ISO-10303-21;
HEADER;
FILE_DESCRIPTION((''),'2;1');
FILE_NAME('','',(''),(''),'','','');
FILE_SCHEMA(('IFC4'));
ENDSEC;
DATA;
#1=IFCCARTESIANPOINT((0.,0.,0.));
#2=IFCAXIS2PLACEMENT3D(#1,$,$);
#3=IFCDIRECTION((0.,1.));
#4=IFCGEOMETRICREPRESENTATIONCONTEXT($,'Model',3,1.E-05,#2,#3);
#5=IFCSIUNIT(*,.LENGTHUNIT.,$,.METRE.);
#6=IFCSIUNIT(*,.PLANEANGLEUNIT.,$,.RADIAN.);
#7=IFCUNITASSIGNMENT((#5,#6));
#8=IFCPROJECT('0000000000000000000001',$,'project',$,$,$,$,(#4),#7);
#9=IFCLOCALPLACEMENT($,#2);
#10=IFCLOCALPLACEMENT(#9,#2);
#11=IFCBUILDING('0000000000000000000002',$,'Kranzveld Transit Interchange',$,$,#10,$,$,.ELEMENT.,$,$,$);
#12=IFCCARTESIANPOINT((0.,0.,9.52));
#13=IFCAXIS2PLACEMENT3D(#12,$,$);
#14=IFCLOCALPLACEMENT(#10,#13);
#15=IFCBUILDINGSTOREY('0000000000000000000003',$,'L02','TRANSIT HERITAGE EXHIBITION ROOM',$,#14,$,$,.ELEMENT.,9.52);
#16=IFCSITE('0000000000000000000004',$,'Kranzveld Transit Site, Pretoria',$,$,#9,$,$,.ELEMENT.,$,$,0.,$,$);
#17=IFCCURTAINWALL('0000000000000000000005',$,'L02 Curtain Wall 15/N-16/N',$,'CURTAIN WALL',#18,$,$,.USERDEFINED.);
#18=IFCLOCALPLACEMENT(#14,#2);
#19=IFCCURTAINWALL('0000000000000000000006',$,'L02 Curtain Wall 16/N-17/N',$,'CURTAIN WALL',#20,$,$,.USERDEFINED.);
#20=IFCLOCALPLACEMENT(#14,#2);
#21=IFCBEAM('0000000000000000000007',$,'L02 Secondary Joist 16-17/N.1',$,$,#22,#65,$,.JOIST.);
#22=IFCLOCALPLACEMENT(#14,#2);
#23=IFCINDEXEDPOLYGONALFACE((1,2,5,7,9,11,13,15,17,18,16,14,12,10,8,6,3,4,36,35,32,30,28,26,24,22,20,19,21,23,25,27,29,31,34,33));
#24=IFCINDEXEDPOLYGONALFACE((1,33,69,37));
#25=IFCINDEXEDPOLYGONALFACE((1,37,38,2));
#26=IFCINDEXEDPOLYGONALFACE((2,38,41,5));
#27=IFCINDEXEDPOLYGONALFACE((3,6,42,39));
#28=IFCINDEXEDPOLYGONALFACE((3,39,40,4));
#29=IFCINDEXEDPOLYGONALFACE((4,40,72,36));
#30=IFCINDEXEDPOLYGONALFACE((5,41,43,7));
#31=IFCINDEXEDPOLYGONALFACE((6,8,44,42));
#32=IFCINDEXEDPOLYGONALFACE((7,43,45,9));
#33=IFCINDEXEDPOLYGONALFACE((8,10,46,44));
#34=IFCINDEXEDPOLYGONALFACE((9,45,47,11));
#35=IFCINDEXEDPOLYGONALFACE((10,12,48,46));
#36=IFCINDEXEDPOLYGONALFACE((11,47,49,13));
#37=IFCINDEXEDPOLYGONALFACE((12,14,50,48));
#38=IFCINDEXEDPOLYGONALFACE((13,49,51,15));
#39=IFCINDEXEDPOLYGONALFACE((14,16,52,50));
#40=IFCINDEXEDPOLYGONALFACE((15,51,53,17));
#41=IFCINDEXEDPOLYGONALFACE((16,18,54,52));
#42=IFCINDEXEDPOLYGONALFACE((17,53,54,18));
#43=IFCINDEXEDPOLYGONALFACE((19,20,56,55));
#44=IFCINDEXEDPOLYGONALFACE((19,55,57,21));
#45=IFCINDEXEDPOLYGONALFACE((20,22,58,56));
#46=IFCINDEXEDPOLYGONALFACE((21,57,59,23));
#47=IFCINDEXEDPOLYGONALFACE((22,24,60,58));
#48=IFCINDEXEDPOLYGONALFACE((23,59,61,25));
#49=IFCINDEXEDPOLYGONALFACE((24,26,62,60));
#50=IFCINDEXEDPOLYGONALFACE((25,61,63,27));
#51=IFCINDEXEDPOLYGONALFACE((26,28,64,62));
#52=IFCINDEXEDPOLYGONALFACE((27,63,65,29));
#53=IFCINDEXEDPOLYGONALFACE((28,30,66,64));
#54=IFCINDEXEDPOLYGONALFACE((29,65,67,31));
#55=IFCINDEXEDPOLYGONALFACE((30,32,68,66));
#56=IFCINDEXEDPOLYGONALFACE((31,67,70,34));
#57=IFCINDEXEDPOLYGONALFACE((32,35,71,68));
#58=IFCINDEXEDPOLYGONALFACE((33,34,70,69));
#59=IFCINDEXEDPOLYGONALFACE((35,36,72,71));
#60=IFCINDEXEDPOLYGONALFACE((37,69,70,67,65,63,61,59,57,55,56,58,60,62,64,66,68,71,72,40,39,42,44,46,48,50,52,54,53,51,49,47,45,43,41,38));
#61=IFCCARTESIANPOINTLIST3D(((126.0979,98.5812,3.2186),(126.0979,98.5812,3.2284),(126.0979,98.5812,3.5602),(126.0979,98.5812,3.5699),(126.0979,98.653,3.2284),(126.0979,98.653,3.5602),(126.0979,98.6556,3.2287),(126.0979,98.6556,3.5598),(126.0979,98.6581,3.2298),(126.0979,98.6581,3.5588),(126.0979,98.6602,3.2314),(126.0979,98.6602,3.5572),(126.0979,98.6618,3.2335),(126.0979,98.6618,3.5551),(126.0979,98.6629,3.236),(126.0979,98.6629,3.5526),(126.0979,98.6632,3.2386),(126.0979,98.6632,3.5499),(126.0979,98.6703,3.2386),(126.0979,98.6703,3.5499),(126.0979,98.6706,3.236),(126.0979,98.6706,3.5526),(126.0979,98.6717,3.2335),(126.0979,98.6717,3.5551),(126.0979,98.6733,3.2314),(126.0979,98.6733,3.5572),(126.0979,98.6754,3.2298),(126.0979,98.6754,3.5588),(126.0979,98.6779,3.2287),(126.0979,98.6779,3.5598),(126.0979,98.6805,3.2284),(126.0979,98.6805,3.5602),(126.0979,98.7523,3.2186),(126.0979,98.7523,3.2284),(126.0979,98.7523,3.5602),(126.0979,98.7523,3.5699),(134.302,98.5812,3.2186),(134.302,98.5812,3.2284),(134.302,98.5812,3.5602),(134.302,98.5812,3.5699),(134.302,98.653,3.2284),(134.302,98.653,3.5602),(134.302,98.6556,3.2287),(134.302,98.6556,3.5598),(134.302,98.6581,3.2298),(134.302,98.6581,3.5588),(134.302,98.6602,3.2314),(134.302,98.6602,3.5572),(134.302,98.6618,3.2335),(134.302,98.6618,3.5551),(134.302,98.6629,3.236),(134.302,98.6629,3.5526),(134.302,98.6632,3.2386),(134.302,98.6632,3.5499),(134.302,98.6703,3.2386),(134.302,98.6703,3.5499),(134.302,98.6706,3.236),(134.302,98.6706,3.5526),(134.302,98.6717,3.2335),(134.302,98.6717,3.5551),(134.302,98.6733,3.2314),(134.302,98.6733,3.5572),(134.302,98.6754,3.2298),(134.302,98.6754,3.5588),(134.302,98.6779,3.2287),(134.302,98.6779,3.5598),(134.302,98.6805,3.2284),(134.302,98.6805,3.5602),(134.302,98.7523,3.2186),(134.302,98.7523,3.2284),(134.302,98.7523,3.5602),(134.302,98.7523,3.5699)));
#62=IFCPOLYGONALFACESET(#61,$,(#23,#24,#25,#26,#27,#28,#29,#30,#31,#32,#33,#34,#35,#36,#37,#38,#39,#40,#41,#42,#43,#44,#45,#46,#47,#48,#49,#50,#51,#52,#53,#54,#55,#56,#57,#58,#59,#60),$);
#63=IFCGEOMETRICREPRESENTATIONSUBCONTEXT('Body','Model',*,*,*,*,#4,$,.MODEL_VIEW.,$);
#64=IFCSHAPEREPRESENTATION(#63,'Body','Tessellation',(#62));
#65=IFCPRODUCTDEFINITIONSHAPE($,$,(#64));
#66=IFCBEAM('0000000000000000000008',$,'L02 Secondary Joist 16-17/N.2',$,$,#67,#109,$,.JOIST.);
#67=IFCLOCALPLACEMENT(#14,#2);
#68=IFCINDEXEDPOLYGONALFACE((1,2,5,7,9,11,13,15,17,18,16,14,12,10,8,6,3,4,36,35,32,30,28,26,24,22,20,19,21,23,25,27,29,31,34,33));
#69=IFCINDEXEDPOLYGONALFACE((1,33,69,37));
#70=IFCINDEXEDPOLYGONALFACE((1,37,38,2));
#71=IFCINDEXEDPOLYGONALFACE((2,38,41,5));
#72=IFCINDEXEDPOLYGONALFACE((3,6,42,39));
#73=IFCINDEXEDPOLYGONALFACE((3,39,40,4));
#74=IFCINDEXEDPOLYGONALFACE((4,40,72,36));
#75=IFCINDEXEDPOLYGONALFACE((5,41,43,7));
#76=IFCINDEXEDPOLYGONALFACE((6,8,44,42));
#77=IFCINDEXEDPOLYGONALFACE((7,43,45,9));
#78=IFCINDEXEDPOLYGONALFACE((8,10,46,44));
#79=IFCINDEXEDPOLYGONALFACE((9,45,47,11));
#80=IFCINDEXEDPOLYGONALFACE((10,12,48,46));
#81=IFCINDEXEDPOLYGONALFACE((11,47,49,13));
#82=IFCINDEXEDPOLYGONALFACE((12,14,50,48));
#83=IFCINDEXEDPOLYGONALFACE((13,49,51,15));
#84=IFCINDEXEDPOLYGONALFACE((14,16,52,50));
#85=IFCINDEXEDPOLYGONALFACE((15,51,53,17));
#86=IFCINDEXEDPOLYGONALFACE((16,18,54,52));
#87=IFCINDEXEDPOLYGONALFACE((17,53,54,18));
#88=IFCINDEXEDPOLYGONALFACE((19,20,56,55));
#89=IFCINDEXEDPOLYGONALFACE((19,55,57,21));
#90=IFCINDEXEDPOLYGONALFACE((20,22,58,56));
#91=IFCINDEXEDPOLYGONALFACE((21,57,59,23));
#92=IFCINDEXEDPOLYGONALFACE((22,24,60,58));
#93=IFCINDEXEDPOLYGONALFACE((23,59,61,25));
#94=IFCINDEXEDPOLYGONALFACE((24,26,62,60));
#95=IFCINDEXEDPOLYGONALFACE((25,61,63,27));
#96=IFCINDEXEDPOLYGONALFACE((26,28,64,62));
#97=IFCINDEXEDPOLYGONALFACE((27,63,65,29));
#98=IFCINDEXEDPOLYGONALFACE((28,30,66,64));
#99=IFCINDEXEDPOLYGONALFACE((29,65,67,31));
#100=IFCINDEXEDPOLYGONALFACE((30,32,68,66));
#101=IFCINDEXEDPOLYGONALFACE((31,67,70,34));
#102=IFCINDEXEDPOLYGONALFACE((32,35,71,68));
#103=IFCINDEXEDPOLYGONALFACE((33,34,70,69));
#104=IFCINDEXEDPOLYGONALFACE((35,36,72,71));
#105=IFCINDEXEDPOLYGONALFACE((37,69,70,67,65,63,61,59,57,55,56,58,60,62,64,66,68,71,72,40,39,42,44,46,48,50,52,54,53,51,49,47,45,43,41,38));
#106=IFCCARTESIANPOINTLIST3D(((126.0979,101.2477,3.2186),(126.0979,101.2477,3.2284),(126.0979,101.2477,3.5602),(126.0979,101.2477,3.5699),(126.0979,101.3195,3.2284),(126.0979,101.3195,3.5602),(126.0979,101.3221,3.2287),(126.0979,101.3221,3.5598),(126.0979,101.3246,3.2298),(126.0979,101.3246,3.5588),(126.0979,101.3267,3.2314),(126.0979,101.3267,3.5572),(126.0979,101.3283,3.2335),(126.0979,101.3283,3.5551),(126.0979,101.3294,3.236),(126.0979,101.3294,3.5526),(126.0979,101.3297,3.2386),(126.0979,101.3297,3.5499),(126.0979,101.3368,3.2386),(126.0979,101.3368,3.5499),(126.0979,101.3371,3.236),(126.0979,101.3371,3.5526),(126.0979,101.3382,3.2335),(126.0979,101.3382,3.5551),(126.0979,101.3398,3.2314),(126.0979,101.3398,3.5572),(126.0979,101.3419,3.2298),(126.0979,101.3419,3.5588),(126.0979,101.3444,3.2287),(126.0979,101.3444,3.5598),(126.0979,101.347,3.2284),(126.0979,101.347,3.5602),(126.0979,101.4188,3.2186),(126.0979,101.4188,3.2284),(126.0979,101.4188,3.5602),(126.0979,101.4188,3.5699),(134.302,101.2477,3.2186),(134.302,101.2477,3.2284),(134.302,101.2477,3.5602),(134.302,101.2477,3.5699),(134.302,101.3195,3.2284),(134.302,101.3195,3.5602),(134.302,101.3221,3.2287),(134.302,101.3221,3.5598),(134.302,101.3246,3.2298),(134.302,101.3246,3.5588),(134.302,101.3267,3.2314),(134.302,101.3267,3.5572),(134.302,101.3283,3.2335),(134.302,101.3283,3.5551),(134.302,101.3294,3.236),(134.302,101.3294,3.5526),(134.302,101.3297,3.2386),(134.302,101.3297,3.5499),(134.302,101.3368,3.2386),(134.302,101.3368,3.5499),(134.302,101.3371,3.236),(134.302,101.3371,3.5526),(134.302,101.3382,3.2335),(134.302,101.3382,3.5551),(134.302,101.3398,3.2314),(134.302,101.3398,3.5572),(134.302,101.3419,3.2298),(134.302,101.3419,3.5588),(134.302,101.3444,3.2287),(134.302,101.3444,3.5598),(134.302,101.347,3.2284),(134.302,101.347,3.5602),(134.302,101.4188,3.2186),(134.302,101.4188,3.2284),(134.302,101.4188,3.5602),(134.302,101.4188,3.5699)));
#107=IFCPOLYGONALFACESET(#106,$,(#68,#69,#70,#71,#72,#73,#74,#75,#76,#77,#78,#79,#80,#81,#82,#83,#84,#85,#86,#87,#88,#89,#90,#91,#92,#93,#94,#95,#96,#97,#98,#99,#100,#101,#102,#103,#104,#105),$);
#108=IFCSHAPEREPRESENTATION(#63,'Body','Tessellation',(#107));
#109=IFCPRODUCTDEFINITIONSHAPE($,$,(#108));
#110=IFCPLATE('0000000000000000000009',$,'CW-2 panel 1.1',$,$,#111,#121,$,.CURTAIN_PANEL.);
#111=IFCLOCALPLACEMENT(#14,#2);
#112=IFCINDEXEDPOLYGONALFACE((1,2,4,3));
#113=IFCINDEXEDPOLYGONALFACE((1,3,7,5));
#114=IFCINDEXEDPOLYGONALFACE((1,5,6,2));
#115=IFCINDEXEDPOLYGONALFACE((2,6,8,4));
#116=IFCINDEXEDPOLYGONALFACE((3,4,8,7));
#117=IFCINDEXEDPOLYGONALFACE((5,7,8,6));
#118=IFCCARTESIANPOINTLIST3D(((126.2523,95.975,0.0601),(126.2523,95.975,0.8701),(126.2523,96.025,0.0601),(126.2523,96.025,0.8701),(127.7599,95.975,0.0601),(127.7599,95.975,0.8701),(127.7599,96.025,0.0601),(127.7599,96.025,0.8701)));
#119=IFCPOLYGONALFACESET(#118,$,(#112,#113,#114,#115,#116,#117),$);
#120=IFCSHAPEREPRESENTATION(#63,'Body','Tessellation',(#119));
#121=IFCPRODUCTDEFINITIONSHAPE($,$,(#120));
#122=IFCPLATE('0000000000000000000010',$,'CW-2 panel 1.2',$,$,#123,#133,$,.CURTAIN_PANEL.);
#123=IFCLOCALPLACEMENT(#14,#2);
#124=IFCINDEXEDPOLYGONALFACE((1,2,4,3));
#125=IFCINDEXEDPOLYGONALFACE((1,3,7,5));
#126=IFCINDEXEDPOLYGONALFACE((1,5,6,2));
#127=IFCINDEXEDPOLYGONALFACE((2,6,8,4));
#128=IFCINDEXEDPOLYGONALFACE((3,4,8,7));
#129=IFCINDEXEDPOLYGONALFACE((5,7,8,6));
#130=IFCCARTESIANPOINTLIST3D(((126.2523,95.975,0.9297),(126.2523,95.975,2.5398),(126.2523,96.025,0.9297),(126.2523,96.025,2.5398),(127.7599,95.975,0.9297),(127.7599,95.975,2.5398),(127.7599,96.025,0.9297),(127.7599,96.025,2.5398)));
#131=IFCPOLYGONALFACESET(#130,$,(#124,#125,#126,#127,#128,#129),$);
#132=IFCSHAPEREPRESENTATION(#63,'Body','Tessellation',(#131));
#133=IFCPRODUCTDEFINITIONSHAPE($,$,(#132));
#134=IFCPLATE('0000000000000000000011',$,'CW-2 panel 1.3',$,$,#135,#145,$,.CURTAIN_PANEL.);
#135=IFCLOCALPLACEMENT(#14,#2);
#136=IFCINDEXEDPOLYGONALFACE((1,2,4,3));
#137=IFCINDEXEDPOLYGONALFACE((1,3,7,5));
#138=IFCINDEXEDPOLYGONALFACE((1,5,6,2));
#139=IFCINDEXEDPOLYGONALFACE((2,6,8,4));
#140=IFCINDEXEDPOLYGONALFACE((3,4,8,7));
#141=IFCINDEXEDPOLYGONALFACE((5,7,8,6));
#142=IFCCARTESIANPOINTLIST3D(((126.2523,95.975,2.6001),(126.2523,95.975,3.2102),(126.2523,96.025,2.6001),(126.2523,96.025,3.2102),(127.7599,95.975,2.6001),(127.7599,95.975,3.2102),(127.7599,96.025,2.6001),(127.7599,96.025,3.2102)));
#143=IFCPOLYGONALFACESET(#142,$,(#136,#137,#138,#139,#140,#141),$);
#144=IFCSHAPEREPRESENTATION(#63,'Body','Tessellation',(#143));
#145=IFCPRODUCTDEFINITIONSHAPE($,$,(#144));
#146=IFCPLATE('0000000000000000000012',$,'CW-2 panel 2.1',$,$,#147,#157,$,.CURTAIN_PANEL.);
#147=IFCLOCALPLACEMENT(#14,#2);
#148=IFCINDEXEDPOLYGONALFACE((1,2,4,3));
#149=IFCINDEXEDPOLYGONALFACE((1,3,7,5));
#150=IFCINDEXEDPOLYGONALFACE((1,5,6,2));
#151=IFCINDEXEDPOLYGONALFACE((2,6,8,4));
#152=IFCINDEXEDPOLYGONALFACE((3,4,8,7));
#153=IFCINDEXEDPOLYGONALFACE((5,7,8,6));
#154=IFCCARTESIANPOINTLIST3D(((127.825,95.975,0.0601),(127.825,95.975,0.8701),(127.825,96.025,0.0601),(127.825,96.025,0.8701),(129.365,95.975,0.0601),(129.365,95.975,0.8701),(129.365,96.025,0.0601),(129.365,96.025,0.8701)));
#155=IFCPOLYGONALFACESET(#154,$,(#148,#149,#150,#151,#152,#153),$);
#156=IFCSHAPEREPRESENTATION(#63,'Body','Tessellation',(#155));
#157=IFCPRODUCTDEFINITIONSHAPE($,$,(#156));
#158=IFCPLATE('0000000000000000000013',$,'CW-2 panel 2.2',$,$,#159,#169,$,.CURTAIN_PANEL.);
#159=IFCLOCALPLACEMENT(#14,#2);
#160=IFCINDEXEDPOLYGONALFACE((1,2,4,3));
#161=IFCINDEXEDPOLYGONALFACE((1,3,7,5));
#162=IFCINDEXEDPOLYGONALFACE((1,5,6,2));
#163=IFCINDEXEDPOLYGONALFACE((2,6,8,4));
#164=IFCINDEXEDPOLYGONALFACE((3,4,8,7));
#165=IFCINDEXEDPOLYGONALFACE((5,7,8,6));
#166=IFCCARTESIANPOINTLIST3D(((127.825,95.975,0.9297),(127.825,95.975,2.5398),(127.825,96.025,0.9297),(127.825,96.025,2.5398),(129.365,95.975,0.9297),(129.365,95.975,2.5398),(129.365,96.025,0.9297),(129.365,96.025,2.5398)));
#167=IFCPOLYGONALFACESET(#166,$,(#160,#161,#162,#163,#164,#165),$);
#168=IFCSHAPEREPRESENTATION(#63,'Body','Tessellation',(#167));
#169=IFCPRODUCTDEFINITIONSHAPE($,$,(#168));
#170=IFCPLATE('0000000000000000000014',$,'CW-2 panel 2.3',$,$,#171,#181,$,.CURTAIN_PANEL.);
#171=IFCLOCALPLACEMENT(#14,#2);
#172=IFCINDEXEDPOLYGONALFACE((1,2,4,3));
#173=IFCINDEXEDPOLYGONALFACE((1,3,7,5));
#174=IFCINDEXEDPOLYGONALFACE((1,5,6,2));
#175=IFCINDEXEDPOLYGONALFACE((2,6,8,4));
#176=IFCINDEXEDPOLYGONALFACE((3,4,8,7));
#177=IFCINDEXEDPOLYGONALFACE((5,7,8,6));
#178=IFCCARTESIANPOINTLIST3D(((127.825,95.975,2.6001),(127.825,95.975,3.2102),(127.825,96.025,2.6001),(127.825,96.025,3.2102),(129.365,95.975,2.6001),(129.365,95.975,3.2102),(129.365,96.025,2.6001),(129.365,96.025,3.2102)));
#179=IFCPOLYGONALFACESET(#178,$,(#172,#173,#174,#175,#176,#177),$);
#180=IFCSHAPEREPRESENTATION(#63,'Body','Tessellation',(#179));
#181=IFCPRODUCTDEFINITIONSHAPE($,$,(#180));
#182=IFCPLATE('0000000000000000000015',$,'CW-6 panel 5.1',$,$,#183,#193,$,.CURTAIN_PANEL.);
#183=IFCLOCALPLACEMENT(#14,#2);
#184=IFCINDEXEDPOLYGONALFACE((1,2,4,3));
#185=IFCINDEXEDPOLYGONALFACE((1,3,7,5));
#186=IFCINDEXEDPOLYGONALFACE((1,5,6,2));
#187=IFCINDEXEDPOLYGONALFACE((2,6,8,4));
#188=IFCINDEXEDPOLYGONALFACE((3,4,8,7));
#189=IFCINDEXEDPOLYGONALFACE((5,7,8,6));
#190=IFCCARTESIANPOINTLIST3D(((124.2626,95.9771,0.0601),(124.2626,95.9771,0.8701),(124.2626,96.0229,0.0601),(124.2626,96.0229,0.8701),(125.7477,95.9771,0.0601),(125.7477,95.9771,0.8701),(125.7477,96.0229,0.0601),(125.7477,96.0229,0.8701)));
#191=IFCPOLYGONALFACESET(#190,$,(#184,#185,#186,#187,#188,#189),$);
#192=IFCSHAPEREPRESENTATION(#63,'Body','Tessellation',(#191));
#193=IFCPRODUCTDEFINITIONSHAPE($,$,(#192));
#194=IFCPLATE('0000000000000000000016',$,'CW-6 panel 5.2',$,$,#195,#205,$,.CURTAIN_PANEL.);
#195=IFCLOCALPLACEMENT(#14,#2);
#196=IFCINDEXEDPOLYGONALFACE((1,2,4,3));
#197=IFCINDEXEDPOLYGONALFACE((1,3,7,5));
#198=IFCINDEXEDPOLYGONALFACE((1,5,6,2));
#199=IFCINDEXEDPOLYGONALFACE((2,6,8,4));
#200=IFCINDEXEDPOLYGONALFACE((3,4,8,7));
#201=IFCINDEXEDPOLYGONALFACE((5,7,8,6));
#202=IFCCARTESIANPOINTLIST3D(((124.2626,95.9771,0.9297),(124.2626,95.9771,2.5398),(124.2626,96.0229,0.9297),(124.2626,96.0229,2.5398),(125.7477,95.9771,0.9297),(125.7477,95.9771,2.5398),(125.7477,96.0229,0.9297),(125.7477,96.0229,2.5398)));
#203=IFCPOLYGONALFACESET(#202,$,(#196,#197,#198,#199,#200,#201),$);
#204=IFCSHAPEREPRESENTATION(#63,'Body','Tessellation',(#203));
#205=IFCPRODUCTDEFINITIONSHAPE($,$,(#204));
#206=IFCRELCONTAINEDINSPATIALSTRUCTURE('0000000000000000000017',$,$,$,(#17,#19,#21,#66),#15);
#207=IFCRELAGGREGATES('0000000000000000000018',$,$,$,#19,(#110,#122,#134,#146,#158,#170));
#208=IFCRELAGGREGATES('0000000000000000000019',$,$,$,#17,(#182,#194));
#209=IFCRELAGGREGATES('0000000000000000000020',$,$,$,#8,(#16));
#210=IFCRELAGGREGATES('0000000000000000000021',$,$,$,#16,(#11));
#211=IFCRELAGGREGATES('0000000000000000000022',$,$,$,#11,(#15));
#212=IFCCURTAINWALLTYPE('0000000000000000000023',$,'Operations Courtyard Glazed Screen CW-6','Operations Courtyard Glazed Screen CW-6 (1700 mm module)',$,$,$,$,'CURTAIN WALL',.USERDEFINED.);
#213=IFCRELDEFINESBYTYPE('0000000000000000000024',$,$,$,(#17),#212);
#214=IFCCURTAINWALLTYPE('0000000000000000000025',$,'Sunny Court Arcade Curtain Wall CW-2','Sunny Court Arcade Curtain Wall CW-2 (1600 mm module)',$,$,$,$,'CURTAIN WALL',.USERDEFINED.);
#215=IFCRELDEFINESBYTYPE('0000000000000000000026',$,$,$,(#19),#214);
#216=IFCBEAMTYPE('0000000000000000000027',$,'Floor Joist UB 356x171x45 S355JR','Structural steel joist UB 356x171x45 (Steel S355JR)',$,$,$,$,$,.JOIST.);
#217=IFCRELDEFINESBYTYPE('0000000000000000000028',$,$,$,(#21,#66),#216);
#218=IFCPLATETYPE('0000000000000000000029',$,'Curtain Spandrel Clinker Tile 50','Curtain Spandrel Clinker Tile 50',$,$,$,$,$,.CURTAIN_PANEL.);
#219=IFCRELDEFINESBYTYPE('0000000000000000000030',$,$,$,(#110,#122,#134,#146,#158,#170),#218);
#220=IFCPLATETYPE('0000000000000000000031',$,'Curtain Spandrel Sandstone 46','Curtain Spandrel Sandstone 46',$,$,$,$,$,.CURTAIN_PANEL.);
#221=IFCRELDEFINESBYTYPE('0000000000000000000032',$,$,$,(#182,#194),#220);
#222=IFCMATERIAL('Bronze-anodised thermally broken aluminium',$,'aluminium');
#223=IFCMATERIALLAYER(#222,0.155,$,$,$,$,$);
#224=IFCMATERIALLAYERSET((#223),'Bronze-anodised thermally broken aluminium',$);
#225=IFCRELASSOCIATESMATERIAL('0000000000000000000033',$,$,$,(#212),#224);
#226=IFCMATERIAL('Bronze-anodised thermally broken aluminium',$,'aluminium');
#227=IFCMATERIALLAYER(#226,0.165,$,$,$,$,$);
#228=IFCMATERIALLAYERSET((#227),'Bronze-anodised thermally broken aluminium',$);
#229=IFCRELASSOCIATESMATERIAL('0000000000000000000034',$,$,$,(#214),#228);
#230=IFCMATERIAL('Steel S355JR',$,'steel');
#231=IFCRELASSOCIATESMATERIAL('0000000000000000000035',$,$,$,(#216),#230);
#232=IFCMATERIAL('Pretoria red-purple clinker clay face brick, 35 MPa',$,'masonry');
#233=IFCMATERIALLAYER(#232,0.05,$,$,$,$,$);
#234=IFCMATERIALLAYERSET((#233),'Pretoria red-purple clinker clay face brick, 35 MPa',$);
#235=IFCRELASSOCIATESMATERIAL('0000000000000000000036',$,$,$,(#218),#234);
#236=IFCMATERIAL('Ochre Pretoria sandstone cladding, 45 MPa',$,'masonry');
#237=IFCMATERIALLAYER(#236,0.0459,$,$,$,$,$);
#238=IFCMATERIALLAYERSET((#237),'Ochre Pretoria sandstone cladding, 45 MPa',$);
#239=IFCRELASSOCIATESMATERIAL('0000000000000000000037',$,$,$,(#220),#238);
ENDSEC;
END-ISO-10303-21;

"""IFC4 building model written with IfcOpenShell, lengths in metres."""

from ifc_helpers import new_model, si_unit, direction, frame, origin, origin_2d, place, context, subcontext, project, spatial, rectangle, i_section, extrude, material, layer, layer_set, material_profile, profile_set, type_object, element, aggregate, save


model = new_model("IFC4")

# Units and contexts
model_context = context("Model", 3, precision=1e-05, world=origin(), true_north=direction((0.0, 1.0)))
body_context = subcontext(model_context, "Body", "Model", "MODEL_VIEW")
ifc_project = project(units=[si_unit("LENGTHUNIT", "METRE"), si_unit("PLANEANGLEUNIT", "RADIAN")], contexts=[model_context])

# Site, building, storey
site_placement = place(None, origin())
site = spatial("IfcSite", under=ifc_project, at=site_placement, Name="Kranzveld Transit Site, Pretoria", CompositionType="ELEMENT", RefElevation=0.0)
building_placement = place(site_placement, origin())
building = spatial("IfcBuilding", under=site, at=building_placement, Name="Kranzveld Transit Interchange", CompositionType="ELEMENT")
storey_placement = place(building_placement, frame((0.0, 0.0, 9.52)))
storey = spatial("IfcBuildingStorey", under=building, at=storey_placement, Name="L02", Description="TRANSIT HERITAGE EXHIBITION ROOM", CompositionType="ELEMENT", Elevation=9.52)

# Curtain wall
ifc_material_1 = material(Name="Bronze-anodised thermally broken aluminium", Category="aluminium")
ifc_layer_1 = layer(ifc_material_1, 0.155)
ifc_layer_set_1 = layer_set([ifc_layer_1], Name="Bronze-anodised thermally broken aluminium")
curtain_wall_type_1 = type_object("IfcCurtainWallType", Name="Operations Courtyard Glazed Screen CW-6", Description="Operations Courtyard Glazed Screen CW-6 (1700 mm module)", ElementType="CURTAIN WALL", PredefinedType="USERDEFINED", material=ifc_layer_set_1)
curtain_wall_1_placement = place(storey_placement, origin())
curtain_wall_1 = element("IfcCurtainWall", 1, at=curtain_wall_1_placement, inside=storey, type_object=curtain_wall_type_1, Name="L02 Curtain Wall 15/N-16/N", ObjectType="CURTAIN WALL", PredefinedType="USERDEFINED")

# Curtain wall
ifc_material_2 = material(Name="Bronze-anodised thermally broken aluminium", Category="aluminium")
ifc_layer_2 = layer(ifc_material_2, 0.165)
ifc_layer_set_2 = layer_set([ifc_layer_2], Name="Bronze-anodised thermally broken aluminium")
curtain_wall_type_2 = type_object("IfcCurtainWallType", Name="Sunny Court Arcade Curtain Wall CW-2", Description="Sunny Court Arcade Curtain Wall CW-2 (1600 mm module)", ElementType="CURTAIN WALL", PredefinedType="USERDEFINED", material=ifc_layer_set_2)
curtain_wall_2_placement = place(storey_placement, origin())
curtain_wall_2 = element("IfcCurtainWall", 2, at=curtain_wall_2_placement, inside=storey, type_object=curtain_wall_type_2, Name="L02 Curtain Wall 16/N-17/N", ObjectType="CURTAIN WALL", PredefinedType="USERDEFINED")

# Beams
ifc_material_3 = material(Name="Steel S355JR", Category="steel")
ifc_material_profile_1 = material_profile(ifc_material_3, i_section(OverallWidth=0.1711, OverallDepth=0.3513, WebThickness=0.0071, FlangeThickness=0.0098, FilletRadius=0.0103, at=origin_2d()), Name="UB 356x171x45")
ifc_profile_set_1 = profile_set([ifc_material_profile_1], Name="Steel S355JR")
beam_type_1 = type_object("IfcBeamType", Name="Floor Joist UB 356x171x45 S355JR", Description="Structural steel joist UB 356x171x45 (Steel S355JR)", PredefinedType="JOIST", material=ifc_profile_set_1)
for number, where, z_axis, x_axis, name in (
    (3, (126.0979, 98.6667, 3.3943), (1.0, 0.0, 0.0), (0.0, 1.0, 0.0), "L02 Secondary Joist 16-17/N.1"),
    (4, (126.0979, 101.3333, 3.3943), (1.0, 0.0, 0.0), (0.0, 1.0, 0.0), "L02 Secondary Joist 16-17/N.2"),
):
    element("IfcBeam", number, at=place(storey_placement, frame(where, z_axis=z_axis, x_axis=x_axis)), inside=storey, type_object=beam_type_1, Name=name, PredefinedType="JOIST", context=body_context, shape_type="SweptSolid", body=[
        extrude(i_section(OverallWidth=0.1711, OverallDepth=0.3513, WebThickness=0.0071, FlangeThickness=0.0098, FilletRadius=0.0103, at=origin_2d()), origin(), (0.0, 0.0, 1.0), 8.2041),
    ])

# Plates
ifc_material_4 = material(Name="Pretoria red-purple clinker clay face brick, 35 MPa", Category="masonry")
ifc_layer_3 = layer(ifc_material_4, 0.05)
ifc_layer_set_3 = layer_set([ifc_layer_3], Name="Pretoria red-purple clinker clay face brick, 35 MPa")
plate_type_1 = type_object("IfcPlateType", Name="Curtain Spandrel Clinker Tile 50", Description="Curtain Spandrel Clinker Tile 50", PredefinedType="CURTAIN_PANEL", material=ifc_layer_set_3)
plate_1_placement = place(storey_placement, frame((127.0061, 96.0, 0.0601), z_axis=(0.0, 0.0, 1.0), x_axis=(1.0, 0.0, 0.0)))
plate_1 = element("IfcPlate", 5, at=plate_1_placement, type_object=plate_type_1, Name="CW-2 panel 1.1", PredefinedType="CURTAIN_PANEL", context=body_context, shape_type="SweptSolid", body=[
    extrude(rectangle(XDim=1.5076, YDim=0.05, at=origin_2d()), origin(), (0.0, 0.0, 1.0), 0.8101),
])
plate_2_placement = place(storey_placement, frame((127.0061, 96.0, 0.9297), z_axis=(0.0, 0.0, 1.0), x_axis=(1.0, 0.0, 0.0)))
plate_2 = element("IfcPlate", 6, at=plate_2_placement, type_object=plate_type_1, Name="CW-2 panel 1.2", PredefinedType="CURTAIN_PANEL", context=body_context, shape_type="SweptSolid", body=[
    extrude(rectangle(XDim=1.5076, YDim=0.05, at=origin_2d()), origin(), (0.0, 0.0, 1.0), 1.6101),
])
plate_3_placement = place(storey_placement, frame((127.0061, 96.0, 2.6001), z_axis=(0.0, 0.0, 1.0), x_axis=(1.0, 0.0, 0.0)))
plate_3 = element("IfcPlate", 7, at=plate_3_placement, type_object=plate_type_1, Name="CW-2 panel 1.3", PredefinedType="CURTAIN_PANEL", context=body_context, shape_type="SweptSolid", body=[
    extrude(rectangle(XDim=1.5076, YDim=0.05, at=origin_2d()), origin(), (0.0, 0.0, 1.0), 0.6101),
])
plate_4_placement = place(storey_placement, frame((128.595, 96.0, 0.0601), z_axis=(0.0, 0.0, 1.0), x_axis=(1.0, 0.0, 0.0)))
plate_4 = element("IfcPlate", 8, at=plate_4_placement, type_object=plate_type_1, Name="CW-2 panel 2.1", PredefinedType="CURTAIN_PANEL", context=body_context, shape_type="SweptSolid", body=[
    extrude(rectangle(XDim=1.54, YDim=0.05, at=origin_2d()), origin(), (0.0, 0.0, 1.0), 0.8101),
])
plate_5_placement = place(storey_placement, frame((128.595, 96.0, 0.9297), z_axis=(0.0, 0.0, 1.0), x_axis=(1.0, 0.0, 0.0)))
plate_5 = element("IfcPlate", 9, at=plate_5_placement, type_object=plate_type_1, Name="CW-2 panel 2.2", PredefinedType="CURTAIN_PANEL", context=body_context, shape_type="SweptSolid", body=[
    extrude(rectangle(XDim=1.54, YDim=0.05, at=origin_2d()), origin(), (0.0, 0.0, 1.0), 1.6101),
])
plate_6_placement = place(storey_placement, frame((128.595, 96.0, 2.6001), z_axis=(0.0, 0.0, 1.0), x_axis=(1.0, 0.0, 0.0)))
plate_6 = element("IfcPlate", 10, at=plate_6_placement, type_object=plate_type_1, Name="CW-2 panel 2.3", PredefinedType="CURTAIN_PANEL", context=body_context, shape_type="SweptSolid", body=[
    extrude(rectangle(XDim=1.54, YDim=0.05, at=origin_2d()), origin(), (0.0, 0.0, 1.0), 0.6101),
])
aggregate(curtain_wall_2, [plate_1, plate_2, plate_3, plate_4, plate_5, plate_6])
ifc_material_5 = material(Name="Ochre Pretoria sandstone cladding, 45 MPa", Category="masonry")
ifc_layer_4 = layer(ifc_material_5, 0.0459)
ifc_layer_set_4 = layer_set([ifc_layer_4], Name="Ochre Pretoria sandstone cladding, 45 MPa")
plate_type_2 = type_object("IfcPlateType", Name="Curtain Spandrel Sandstone 46", Description="Curtain Spandrel Sandstone 46", PredefinedType="CURTAIN_PANEL", material=ifc_layer_set_4)
plate_7_placement = place(storey_placement, frame((125.0051, 96.0, 0.0601), z_axis=(0.0, 0.0, 1.0), x_axis=(1.0, 0.0, 0.0)))
plate_7 = element("IfcPlate", 11, at=plate_7_placement, type_object=plate_type_2, Name="CW-6 panel 5.1", PredefinedType="CURTAIN_PANEL", context=body_context, shape_type="SweptSolid", body=[
    extrude(rectangle(XDim=1.4851, YDim=0.0459, at=origin_2d()), origin(), (0.0, 0.0, 1.0), 0.8101),
])
plate_8_placement = place(storey_placement, frame((125.0051, 96.0, 0.9297), z_axis=(0.0, 0.0, 1.0), x_axis=(1.0, 0.0, 0.0)))
plate_8 = element("IfcPlate", 12, at=plate_8_placement, type_object=plate_type_2, Name="CW-6 panel 5.2", PredefinedType="CURTAIN_PANEL", context=body_context, shape_type="SweptSolid", body=[
    extrude(rectangle(XDim=1.4851, YDim=0.0459, at=origin_2d()), origin(), (0.0, 0.0, 1.0), 1.6101),
])
aggregate(curtain_wall_1, [plate_7, plate_8])

save(model, "model.ifc")
